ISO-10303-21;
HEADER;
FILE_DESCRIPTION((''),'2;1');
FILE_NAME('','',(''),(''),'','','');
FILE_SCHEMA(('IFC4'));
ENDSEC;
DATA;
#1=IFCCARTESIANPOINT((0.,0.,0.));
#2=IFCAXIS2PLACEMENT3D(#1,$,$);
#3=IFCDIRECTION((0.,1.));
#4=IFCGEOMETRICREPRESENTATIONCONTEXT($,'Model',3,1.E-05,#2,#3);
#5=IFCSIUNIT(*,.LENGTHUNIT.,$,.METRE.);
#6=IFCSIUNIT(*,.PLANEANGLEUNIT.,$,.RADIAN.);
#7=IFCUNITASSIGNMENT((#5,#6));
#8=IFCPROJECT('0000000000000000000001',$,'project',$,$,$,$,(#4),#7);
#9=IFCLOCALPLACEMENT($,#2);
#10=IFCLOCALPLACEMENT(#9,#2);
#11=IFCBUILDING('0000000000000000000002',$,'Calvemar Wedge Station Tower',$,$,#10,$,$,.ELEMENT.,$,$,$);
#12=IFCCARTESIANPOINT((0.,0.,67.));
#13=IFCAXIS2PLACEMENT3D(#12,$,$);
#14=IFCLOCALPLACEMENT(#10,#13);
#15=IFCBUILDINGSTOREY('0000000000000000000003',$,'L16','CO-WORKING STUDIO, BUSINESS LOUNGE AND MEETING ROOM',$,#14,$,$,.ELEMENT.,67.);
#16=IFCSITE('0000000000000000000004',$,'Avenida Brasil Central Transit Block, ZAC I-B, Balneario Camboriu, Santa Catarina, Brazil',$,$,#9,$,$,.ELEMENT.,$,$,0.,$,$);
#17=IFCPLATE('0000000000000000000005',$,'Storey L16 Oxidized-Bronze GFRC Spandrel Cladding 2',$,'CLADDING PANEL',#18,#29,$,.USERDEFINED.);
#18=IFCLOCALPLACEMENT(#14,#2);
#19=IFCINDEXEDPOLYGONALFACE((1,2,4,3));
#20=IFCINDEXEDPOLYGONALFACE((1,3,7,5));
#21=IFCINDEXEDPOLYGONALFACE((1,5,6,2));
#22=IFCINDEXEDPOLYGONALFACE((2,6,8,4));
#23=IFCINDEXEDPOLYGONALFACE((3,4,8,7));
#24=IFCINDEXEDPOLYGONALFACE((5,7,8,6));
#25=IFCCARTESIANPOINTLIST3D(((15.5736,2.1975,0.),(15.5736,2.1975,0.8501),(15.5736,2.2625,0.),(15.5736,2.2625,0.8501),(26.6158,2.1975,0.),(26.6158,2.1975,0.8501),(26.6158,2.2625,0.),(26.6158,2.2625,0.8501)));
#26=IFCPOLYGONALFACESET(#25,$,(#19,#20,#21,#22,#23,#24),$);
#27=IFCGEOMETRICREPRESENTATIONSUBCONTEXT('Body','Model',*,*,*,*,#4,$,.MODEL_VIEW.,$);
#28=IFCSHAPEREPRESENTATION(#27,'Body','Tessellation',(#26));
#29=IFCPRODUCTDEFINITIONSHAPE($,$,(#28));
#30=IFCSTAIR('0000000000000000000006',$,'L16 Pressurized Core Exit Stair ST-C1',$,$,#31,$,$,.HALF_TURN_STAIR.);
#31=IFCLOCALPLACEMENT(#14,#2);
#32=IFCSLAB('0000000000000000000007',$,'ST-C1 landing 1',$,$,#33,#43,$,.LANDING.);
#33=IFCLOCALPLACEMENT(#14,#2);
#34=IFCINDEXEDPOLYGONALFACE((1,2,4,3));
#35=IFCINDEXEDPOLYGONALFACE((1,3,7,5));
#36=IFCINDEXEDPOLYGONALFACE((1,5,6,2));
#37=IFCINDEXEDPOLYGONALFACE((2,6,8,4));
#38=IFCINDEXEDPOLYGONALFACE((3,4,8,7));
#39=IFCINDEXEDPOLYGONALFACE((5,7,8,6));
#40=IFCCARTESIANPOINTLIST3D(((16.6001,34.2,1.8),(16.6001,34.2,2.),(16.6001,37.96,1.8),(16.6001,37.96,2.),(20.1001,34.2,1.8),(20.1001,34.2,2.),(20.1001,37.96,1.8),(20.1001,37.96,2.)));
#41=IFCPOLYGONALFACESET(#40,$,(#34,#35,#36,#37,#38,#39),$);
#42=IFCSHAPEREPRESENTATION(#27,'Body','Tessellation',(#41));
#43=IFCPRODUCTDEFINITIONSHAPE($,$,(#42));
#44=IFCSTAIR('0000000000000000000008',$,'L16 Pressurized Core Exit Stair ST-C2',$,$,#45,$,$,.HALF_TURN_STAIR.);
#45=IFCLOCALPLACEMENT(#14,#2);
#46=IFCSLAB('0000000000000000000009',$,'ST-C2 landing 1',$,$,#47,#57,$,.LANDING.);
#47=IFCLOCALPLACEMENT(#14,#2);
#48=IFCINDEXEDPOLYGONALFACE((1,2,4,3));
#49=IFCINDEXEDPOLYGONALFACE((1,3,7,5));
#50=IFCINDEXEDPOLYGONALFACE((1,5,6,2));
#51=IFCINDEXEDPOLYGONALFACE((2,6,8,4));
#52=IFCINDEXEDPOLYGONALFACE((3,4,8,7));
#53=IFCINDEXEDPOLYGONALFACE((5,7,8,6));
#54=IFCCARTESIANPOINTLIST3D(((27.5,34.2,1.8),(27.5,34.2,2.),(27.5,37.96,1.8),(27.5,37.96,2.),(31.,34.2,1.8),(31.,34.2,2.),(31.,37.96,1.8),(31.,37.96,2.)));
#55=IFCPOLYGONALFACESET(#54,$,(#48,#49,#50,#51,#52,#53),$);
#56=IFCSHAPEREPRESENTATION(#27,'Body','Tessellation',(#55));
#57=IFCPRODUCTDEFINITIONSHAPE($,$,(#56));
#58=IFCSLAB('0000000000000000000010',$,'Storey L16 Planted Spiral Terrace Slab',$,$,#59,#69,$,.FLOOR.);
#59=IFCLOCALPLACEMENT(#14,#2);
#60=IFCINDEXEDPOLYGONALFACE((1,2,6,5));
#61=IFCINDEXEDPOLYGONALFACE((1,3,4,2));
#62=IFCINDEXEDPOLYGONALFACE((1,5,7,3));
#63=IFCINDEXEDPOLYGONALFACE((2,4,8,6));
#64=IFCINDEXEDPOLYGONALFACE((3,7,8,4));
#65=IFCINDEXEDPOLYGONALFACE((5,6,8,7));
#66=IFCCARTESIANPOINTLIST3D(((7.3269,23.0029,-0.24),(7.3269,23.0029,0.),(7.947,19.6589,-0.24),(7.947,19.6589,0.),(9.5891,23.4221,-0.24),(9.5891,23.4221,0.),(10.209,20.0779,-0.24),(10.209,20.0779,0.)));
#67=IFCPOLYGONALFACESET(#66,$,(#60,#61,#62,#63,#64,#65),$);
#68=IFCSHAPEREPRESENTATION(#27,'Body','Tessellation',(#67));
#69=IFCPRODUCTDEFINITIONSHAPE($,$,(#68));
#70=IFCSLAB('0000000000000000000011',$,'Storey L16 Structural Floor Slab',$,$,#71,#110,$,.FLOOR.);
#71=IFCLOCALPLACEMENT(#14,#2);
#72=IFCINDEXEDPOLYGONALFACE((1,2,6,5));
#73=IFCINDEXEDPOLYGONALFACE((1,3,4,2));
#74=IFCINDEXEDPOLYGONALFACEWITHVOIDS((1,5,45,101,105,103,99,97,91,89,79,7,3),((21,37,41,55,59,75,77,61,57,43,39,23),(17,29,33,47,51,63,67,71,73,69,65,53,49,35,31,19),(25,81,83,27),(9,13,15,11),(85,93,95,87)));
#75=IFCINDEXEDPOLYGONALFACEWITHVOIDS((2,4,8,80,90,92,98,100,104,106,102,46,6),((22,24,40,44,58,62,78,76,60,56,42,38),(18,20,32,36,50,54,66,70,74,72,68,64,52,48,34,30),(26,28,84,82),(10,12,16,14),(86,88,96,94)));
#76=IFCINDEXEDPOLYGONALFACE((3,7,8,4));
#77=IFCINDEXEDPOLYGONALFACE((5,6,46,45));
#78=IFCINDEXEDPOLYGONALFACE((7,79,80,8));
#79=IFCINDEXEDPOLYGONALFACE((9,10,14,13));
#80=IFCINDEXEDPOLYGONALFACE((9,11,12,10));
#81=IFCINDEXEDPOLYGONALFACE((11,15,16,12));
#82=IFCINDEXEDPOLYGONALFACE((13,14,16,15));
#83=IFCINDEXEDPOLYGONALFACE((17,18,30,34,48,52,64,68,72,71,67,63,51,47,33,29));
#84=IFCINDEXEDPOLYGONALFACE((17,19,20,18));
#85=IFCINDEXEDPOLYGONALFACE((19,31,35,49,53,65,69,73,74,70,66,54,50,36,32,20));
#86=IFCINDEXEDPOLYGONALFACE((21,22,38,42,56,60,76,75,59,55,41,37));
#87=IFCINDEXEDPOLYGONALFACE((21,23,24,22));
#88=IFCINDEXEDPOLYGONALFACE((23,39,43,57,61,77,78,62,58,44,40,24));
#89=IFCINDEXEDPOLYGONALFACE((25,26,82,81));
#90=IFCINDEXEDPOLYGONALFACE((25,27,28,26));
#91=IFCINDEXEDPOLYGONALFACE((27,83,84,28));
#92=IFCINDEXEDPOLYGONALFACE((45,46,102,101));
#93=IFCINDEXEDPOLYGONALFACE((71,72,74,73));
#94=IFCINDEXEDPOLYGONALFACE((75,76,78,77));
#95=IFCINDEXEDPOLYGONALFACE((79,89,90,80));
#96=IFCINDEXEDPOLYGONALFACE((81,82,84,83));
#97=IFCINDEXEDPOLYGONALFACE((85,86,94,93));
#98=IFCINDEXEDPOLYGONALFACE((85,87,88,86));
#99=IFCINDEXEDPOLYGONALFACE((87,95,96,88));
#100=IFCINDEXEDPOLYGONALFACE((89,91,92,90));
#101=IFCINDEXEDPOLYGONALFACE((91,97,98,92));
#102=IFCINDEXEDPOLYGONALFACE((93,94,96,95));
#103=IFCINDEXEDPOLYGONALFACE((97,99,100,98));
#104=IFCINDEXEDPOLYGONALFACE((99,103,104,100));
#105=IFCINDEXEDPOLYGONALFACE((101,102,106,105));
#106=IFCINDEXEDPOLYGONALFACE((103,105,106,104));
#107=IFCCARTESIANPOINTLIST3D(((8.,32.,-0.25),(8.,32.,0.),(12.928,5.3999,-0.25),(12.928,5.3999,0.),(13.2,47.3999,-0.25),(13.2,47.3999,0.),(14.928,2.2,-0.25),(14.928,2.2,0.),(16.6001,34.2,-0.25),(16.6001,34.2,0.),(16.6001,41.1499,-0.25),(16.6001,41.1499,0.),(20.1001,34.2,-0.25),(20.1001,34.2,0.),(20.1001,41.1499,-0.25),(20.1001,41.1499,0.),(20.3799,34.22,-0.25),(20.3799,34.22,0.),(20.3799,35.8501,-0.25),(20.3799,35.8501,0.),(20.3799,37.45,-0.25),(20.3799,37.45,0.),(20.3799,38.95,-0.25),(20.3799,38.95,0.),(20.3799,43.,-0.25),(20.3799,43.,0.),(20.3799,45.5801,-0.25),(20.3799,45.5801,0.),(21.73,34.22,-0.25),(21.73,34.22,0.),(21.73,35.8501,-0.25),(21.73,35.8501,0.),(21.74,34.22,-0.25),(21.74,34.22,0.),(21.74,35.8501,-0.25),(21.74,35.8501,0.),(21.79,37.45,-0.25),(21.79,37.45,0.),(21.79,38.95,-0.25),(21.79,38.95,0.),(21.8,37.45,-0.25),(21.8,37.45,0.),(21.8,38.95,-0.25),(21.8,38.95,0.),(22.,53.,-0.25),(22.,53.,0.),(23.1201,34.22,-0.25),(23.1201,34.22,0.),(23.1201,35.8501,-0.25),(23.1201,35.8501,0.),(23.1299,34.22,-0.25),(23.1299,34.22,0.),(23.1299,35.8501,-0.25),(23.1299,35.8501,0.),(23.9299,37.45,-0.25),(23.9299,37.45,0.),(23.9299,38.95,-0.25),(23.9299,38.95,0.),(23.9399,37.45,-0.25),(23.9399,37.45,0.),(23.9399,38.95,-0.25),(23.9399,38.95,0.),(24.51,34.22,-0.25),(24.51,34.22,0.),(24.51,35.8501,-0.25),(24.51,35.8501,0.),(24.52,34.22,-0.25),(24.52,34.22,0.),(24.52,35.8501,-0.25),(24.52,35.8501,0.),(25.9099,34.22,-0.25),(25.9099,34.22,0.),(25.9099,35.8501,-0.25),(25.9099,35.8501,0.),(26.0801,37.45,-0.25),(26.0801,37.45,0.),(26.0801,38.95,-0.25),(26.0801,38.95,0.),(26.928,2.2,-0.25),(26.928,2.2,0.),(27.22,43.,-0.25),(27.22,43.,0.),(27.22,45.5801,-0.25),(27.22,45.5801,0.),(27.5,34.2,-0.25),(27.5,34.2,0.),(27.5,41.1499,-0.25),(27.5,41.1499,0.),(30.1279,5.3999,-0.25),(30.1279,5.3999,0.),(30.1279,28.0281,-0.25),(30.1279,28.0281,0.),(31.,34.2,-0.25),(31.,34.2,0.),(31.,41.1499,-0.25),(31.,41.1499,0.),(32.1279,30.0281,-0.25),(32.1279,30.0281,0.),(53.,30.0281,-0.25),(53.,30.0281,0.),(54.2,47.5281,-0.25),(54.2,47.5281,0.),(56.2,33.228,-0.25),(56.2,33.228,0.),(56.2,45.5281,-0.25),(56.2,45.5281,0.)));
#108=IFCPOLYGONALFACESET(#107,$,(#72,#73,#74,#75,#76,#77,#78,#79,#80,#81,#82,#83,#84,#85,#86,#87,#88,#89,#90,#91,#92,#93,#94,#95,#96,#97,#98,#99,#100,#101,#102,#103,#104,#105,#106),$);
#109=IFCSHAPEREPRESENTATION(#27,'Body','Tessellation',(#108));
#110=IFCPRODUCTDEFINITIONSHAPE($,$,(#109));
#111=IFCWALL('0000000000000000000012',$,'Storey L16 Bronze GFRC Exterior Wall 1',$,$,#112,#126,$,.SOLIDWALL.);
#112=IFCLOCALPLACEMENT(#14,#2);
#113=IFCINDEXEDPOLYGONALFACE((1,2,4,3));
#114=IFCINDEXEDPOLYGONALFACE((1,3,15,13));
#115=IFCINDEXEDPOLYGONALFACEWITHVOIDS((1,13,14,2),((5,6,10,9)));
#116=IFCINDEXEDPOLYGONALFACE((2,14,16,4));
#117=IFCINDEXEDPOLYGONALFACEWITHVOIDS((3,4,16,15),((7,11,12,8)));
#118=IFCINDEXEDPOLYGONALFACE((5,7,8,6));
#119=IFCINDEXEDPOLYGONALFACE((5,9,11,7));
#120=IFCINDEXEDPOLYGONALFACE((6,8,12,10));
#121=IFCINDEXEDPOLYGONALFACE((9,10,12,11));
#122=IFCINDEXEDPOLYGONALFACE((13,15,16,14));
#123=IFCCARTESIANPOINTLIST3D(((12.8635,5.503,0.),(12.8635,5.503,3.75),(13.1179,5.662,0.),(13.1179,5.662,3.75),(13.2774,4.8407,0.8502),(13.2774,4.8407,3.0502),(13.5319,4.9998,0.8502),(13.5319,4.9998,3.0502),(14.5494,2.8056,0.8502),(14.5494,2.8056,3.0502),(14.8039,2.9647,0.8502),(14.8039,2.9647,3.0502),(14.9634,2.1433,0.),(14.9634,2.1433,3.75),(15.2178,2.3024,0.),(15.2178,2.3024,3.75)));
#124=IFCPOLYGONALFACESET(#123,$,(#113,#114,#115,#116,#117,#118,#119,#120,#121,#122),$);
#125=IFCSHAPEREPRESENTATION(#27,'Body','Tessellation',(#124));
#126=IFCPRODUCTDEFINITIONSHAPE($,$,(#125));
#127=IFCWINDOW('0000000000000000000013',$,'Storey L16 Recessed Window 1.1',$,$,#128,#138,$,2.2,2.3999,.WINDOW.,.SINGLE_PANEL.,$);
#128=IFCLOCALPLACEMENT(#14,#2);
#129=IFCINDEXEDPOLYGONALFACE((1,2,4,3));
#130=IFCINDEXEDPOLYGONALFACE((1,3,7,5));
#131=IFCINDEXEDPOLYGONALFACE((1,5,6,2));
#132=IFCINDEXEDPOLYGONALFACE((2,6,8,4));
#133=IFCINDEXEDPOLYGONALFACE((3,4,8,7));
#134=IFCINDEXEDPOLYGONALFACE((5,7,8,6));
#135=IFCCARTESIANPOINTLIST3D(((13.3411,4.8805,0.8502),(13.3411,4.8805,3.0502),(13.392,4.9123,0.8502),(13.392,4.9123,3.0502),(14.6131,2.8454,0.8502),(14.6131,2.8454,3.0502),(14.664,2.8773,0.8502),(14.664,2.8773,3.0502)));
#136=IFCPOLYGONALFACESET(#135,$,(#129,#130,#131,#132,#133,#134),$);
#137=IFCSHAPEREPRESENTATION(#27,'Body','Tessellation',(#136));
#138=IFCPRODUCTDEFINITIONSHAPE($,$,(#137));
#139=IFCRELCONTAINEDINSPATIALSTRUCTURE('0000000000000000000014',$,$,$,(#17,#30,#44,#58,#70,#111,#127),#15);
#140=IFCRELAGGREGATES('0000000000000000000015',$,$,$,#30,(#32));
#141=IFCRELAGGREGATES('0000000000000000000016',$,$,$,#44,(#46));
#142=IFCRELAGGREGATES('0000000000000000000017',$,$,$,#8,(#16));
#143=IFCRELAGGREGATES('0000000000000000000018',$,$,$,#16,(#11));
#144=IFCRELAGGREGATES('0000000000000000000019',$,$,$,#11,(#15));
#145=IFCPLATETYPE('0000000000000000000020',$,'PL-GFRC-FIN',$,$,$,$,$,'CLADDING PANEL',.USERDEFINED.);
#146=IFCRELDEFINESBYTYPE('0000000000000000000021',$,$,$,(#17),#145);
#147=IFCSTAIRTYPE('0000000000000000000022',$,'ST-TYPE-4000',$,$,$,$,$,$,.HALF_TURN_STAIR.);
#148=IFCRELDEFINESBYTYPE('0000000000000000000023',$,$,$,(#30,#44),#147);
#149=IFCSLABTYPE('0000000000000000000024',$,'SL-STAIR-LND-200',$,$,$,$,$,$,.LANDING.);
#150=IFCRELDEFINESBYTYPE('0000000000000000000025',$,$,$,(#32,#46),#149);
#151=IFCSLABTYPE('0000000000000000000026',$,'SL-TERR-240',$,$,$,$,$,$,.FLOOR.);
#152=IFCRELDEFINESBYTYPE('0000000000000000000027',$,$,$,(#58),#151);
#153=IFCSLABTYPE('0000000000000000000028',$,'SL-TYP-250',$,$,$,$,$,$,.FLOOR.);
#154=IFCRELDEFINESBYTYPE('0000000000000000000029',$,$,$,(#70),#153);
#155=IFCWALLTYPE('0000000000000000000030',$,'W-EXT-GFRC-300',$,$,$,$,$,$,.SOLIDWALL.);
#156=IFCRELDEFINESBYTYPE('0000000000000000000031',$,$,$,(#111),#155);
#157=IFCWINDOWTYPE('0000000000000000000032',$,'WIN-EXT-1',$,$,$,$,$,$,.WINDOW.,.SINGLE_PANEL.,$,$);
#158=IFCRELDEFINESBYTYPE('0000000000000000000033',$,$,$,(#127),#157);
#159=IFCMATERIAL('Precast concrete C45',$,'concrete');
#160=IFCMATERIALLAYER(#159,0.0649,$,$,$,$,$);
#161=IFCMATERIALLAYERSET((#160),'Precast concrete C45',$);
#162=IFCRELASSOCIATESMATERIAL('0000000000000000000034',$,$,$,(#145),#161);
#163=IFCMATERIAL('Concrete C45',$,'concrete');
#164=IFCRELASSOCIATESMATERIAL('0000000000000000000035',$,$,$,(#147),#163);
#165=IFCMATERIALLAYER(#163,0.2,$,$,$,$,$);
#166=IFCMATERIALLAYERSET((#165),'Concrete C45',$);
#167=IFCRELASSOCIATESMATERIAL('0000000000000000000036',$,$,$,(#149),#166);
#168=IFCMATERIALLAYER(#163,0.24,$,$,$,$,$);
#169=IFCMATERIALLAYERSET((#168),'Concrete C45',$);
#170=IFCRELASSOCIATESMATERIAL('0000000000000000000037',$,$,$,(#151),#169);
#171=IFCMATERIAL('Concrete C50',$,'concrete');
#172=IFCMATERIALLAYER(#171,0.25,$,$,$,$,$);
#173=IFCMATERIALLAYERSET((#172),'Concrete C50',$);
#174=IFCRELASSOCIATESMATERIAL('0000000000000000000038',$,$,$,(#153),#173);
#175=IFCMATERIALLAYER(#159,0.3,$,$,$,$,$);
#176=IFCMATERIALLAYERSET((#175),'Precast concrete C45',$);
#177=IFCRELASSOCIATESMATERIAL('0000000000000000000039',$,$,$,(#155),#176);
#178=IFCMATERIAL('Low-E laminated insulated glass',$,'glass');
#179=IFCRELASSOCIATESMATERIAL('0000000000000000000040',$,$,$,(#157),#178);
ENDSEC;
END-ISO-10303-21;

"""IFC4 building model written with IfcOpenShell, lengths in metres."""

from ifc_helpers import new_model, si_unit, direction, frame, frame_2d, origin, place, context, subcontext, project, spatial, polyline, rectangle, outline, extrude, source, transform, mapped, material, layer, layer_set, type_object, element, fill, aggregate, save


model = new_model("IFC4")

# Units and contexts
model_context = context("Model", 3, precision=1e-05, world=origin(), true_north=direction((0.0, 1.0)))
body_context = subcontext(model_context, "Body", "Model", "MODEL_VIEW")
ifc_project = project(units=[si_unit("LENGTHUNIT", "METRE"), si_unit("PLANEANGLEUNIT", "RADIAN")], contexts=[model_context])

# Site, building, storey
site_placement = place(None, origin())
site = spatial("IfcSite", under=ifc_project, at=site_placement, Name="Avenida Brasil Central Transit Block, ZAC I-B, Balneario Camboriu, Santa Catarina, Brazil", CompositionType="ELEMENT", RefElevation=0.0)
building_placement = place(site_placement, origin())
building = spatial("IfcBuilding", under=site, at=building_placement, Name="Calvemar Wedge Station Tower", CompositionType="ELEMENT")
storey_placement = place(building_placement, frame((0.0, 0.0, 67.0)))
storey = spatial("IfcBuildingStorey", under=building, at=storey_placement, Name="L16", Description="CO-WORKING STUDIO, BUSINESS LOUNGE AND MEETING ROOM", CompositionType="ELEMENT", Elevation=67.0)

# Plate
ifc_material_1 = material(Name="Precast concrete C45", Category="concrete")
ifc_layer_1 = layer(ifc_material_1, 0.0649)
ifc_layer_set_1 = layer_set([ifc_layer_1], Name="Precast concrete C45")
plate_type = type_object("IfcPlateType", Name="PL-GFRC-FIN", ElementType="CLADDING PANEL", PredefinedType="USERDEFINED", material=ifc_layer_set_1)
plate_placement = place(storey_placement, frame((15.5737, 2.23, 0.0), z_axis=(0.0, 0.0, 1.0), x_axis=(1.0, 0.0, 0.0)))
element("IfcPlate", 1, at=plate_placement, inside=storey, type_object=plate_type, Name="Storey L16 Oxidized-Bronze GFRC Spandrel Cladding 2", ObjectType="CLADDING PANEL", PredefinedType="USERDEFINED", context=body_context, shape_type="SweptSolid", body=[
    extrude(rectangle(XDim=11.0422, YDim=0.0649, at=frame_2d((5.521, 0.0))), origin(), (0.0, 0.0, 1.0), 0.8501),
])

# Stairs, slabs
ifc_material_2 = material(Name="Concrete C45", Category="concrete")
stair_type = type_object("IfcStairType", Name="ST-TYPE-4000", PredefinedType="HALF_TURN_STAIR", material=ifc_material_2)
stair_1_placement = place(storey_placement, origin())
stair_1 = element("IfcStair", 2, at=stair_1_placement, inside=storey, type_object=stair_type, Name="L16 Pressurized Core Exit Stair ST-C1", PredefinedType="HALF_TURN_STAIR")
ifc_layer_2 = layer(ifc_material_2, 0.2)
ifc_layer_set_2 = layer_set([ifc_layer_2], Name="Concrete C45")
slab_type_1 = type_object("IfcSlabType", Name="SL-STAIR-LND-200", PredefinedType="LANDING", material=ifc_layer_set_2)
slab_1_placement = place(storey_placement, frame((0.0, 0.0, 1.8)))
slab_1 = element("IfcSlab", 3, at=slab_1_placement, type_object=slab_type_1, Name="ST-C1 landing 1", PredefinedType="LANDING", context=body_context, shape_type="SweptSolid", body=[
    extrude(outline(polyline([(16.6001, 37.96), (16.6001, 34.2), (20.1001, 34.2), (20.1001, 37.96), (16.6001, 37.96)])), origin(), (0.0, 0.0, 1.0), 0.2),
])
aggregate(stair_1, [slab_1])
stair_2_placement = place(storey_placement, origin())
stair_2 = element("IfcStair", 4, at=stair_2_placement, inside=storey, type_object=stair_type, Name="L16 Pressurized Core Exit Stair ST-C2", PredefinedType="HALF_TURN_STAIR")
slab_2_placement = place(storey_placement, frame((0.0, 0.0, 1.8)))
slab_2 = element("IfcSlab", 5, at=slab_2_placement, type_object=slab_type_1, Name="ST-C2 landing 1", PredefinedType="LANDING", context=body_context, shape_type="SweptSolid", body=[
    extrude(outline(polyline([(27.5, 37.96), (27.5, 34.2), (31.0, 34.2), (31.0, 37.96), (27.5, 37.96)])), origin(), (0.0, 0.0, 1.0), 0.2),
])
aggregate(stair_2, [slab_2])

# Slabs
ifc_layer_3 = layer(ifc_material_2, 0.24)
ifc_layer_set_3 = layer_set([ifc_layer_3], Name="Concrete C45")
slab_type_2 = type_object("IfcSlabType", Name="SL-TERR-240", PredefinedType="FLOOR", material=ifc_layer_set_3)
slab_3_placement = place(storey_placement, frame((0.0, 0.0, -0.24)))
element("IfcSlab", 6, at=slab_3_placement, inside=storey, type_object=slab_type_2, Name="Storey L16 Planted Spiral Terrace Slab", PredefinedType="FLOOR", context=body_context, shape_type="SweptSolid", body=[
    extrude(outline(polyline([(9.5891, 23.4221), (7.3269, 23.0029), (7.947, 19.6589), (10.209, 20.0779), (9.5891, 23.4221)])), origin(), (0.0, 0.0, 1.0), 0.24),
])
ifc_material_3 = material(Name="Concrete C50", Category="concrete")
ifc_layer_4 = layer(ifc_material_3, 0.25)
ifc_layer_set_4 = layer_set([ifc_layer_4], Name="Concrete C50")
slab_type_3 = type_object("IfcSlabType", Name="SL-TYP-250", PredefinedType="FLOOR", material=ifc_layer_set_4)
slab_4_placement = place(storey_placement, frame((0.0, 0.0, -0.25)))
element("IfcSlab", 7, at=slab_4_placement, inside=storey, type_object=slab_type_3, Name="Storey L16 Structural Floor Slab", PredefinedType="FLOOR", context=body_context, shape_type="SweptSolid", body=[
    extrude(outline(polyline([(8.0, 32.0), (12.928, 5.3999), (14.928, 2.2), (26.928, 2.2), (30.1279, 5.3999), (30.1279, 28.0281), (32.1279, 30.0281), (53.0, 30.0281), (56.2, 33.228), (56.2, 45.5281), (54.2, 47.5281), (22.0, 53.0), (13.2, 47.3999), (8.0, 32.0)]), holes=[polyline([(21.74, 35.8501), (21.73, 35.8501), (20.3799, 35.8501), (20.3799, 34.22), (21.73, 34.22), (21.74, 34.22), (23.1201, 34.22), (23.1299, 34.22), (24.51, 34.22), (24.52, 34.22), (25.9099, 34.22), (25.9099, 35.8501), (24.52, 35.8501), (24.51, 35.8501), (23.1299, 35.8501), (23.1201, 35.8501), (21.74, 35.8501)]), polyline([(16.6001, 41.1499), (16.6001, 34.2), (20.1001, 34.2), (20.1001, 41.1499), (16.6001, 41.1499)]), polyline([(27.5, 34.2), (31.0, 34.2), (31.0, 41.1499), (27.5, 41.1499), (27.5, 34.2)]), polyline([(21.79, 37.45), (21.8, 37.45), (23.9299, 37.45), (23.9399, 37.45), (26.0801, 37.45), (26.0801, 38.95), (23.9399, 38.95), (23.9299, 38.95), (21.8, 38.95), (21.79, 38.95), (20.3799, 38.95), (20.3799, 37.45), (21.79, 37.45)]), polyline([(20.3799, 43.0), (27.22, 43.0), (27.22, 45.5801), (20.3799, 45.5801), (20.3799, 43.0)])]), origin(), (0.0, 0.0, 1.0), 0.25),
])

# Wall, opening, window
ifc_layer_5 = layer(ifc_material_1, 0.3)
ifc_layer_set_5 = layer_set([ifc_layer_5], Name="Precast concrete C45")
wall_type_1 = type_object("IfcWallType", Name="W-EXT-GFRC-300", PredefinedType="SOLIDWALL", material=ifc_layer_set_5)
wall_1_placement = place(storey_placement, frame((12.9907, 5.5825, 0.0), z_axis=(0.0, 0.0, 1.0), x_axis=(0.530016, -0.847988, 0.0)))
wall_1 = element("IfcWall", 8, at=wall_1_placement, inside=storey, type_object=wall_type_1, Name="Storey L16 Bronze GFRC Exterior Wall 1", PredefinedType="SOLIDWALL", context=body_context, shape_type="SweptSolid", body=[
    extrude(rectangle(XDim=3.9619, YDim=0.3, at=frame_2d((1.981, 0.0))), origin(), (0.0, 0.0, 1.0), 3.75),
])
shared_shape_1 = source(origin(), body_context, "Body", "SweptSolid", [
    extrude(rectangle(XDim=2.3999, YDim=2.2, at=frame_2d((1.2, 1.1001))), frame((0.0, 0.1602, 0.0), z_axis=(0.0, -1.0, 0.0), x_axis=(1.0, 0.0, 0.0)), (0.0, 0.0, 1.0), 0.3201),
])
opening_1_placement = place(wall_1_placement, frame((0.781, 0.0, 0.8501)))
opening_1 = element("IfcOpeningElement", 9, at=opening_1_placement, cuts=wall_1, PredefinedType="OPENING", context=body_context, shape_type="MappedRepresentation", body=[
    mapped(shared_shape_1, transform((0.0, 0.0, 0.0), scale=1.0)),
])
ifc_material_4 = material(Name="Low-E laminated insulated glass", Category="glass")
window_type_1 = type_object("IfcWindowType", Name="WIN-EXT-1", PartitioningType="SINGLE_PANEL", PredefinedType="WINDOW", material=ifc_material_4)
shared_shape_2 = source(origin(), body_context, "Body", "SweptSolid", [
    extrude(rectangle(XDim=2.3999, YDim=2.2, at=frame_2d((1.2, 1.1001))), frame((0.0, -0.0149, 0.0), z_axis=(0.0, -1.0, 0.0), x_axis=(1.0, 0.0, 0.0)), (0.0, 0.0, 1.0), 0.0601),
])
window_1_placement = place(opening_1_placement, origin())
window_1 = element("IfcWindow", 10, at=window_1_placement, inside=storey, type_object=window_type_1, Name="Storey L16 Recessed Window 1.1", OverallHeight=2.2, OverallWidth=2.3999, PartitioningType="SINGLE_PANEL", PredefinedType="WINDOW", context=body_context, shape_type="MappedRepresentation", body=[
    mapped(shared_shape_2, transform((0.0, 0.0, 0.0), scale=1.0)),
])
fill(opening_1, window_1)

save(model, "model.ifc")
